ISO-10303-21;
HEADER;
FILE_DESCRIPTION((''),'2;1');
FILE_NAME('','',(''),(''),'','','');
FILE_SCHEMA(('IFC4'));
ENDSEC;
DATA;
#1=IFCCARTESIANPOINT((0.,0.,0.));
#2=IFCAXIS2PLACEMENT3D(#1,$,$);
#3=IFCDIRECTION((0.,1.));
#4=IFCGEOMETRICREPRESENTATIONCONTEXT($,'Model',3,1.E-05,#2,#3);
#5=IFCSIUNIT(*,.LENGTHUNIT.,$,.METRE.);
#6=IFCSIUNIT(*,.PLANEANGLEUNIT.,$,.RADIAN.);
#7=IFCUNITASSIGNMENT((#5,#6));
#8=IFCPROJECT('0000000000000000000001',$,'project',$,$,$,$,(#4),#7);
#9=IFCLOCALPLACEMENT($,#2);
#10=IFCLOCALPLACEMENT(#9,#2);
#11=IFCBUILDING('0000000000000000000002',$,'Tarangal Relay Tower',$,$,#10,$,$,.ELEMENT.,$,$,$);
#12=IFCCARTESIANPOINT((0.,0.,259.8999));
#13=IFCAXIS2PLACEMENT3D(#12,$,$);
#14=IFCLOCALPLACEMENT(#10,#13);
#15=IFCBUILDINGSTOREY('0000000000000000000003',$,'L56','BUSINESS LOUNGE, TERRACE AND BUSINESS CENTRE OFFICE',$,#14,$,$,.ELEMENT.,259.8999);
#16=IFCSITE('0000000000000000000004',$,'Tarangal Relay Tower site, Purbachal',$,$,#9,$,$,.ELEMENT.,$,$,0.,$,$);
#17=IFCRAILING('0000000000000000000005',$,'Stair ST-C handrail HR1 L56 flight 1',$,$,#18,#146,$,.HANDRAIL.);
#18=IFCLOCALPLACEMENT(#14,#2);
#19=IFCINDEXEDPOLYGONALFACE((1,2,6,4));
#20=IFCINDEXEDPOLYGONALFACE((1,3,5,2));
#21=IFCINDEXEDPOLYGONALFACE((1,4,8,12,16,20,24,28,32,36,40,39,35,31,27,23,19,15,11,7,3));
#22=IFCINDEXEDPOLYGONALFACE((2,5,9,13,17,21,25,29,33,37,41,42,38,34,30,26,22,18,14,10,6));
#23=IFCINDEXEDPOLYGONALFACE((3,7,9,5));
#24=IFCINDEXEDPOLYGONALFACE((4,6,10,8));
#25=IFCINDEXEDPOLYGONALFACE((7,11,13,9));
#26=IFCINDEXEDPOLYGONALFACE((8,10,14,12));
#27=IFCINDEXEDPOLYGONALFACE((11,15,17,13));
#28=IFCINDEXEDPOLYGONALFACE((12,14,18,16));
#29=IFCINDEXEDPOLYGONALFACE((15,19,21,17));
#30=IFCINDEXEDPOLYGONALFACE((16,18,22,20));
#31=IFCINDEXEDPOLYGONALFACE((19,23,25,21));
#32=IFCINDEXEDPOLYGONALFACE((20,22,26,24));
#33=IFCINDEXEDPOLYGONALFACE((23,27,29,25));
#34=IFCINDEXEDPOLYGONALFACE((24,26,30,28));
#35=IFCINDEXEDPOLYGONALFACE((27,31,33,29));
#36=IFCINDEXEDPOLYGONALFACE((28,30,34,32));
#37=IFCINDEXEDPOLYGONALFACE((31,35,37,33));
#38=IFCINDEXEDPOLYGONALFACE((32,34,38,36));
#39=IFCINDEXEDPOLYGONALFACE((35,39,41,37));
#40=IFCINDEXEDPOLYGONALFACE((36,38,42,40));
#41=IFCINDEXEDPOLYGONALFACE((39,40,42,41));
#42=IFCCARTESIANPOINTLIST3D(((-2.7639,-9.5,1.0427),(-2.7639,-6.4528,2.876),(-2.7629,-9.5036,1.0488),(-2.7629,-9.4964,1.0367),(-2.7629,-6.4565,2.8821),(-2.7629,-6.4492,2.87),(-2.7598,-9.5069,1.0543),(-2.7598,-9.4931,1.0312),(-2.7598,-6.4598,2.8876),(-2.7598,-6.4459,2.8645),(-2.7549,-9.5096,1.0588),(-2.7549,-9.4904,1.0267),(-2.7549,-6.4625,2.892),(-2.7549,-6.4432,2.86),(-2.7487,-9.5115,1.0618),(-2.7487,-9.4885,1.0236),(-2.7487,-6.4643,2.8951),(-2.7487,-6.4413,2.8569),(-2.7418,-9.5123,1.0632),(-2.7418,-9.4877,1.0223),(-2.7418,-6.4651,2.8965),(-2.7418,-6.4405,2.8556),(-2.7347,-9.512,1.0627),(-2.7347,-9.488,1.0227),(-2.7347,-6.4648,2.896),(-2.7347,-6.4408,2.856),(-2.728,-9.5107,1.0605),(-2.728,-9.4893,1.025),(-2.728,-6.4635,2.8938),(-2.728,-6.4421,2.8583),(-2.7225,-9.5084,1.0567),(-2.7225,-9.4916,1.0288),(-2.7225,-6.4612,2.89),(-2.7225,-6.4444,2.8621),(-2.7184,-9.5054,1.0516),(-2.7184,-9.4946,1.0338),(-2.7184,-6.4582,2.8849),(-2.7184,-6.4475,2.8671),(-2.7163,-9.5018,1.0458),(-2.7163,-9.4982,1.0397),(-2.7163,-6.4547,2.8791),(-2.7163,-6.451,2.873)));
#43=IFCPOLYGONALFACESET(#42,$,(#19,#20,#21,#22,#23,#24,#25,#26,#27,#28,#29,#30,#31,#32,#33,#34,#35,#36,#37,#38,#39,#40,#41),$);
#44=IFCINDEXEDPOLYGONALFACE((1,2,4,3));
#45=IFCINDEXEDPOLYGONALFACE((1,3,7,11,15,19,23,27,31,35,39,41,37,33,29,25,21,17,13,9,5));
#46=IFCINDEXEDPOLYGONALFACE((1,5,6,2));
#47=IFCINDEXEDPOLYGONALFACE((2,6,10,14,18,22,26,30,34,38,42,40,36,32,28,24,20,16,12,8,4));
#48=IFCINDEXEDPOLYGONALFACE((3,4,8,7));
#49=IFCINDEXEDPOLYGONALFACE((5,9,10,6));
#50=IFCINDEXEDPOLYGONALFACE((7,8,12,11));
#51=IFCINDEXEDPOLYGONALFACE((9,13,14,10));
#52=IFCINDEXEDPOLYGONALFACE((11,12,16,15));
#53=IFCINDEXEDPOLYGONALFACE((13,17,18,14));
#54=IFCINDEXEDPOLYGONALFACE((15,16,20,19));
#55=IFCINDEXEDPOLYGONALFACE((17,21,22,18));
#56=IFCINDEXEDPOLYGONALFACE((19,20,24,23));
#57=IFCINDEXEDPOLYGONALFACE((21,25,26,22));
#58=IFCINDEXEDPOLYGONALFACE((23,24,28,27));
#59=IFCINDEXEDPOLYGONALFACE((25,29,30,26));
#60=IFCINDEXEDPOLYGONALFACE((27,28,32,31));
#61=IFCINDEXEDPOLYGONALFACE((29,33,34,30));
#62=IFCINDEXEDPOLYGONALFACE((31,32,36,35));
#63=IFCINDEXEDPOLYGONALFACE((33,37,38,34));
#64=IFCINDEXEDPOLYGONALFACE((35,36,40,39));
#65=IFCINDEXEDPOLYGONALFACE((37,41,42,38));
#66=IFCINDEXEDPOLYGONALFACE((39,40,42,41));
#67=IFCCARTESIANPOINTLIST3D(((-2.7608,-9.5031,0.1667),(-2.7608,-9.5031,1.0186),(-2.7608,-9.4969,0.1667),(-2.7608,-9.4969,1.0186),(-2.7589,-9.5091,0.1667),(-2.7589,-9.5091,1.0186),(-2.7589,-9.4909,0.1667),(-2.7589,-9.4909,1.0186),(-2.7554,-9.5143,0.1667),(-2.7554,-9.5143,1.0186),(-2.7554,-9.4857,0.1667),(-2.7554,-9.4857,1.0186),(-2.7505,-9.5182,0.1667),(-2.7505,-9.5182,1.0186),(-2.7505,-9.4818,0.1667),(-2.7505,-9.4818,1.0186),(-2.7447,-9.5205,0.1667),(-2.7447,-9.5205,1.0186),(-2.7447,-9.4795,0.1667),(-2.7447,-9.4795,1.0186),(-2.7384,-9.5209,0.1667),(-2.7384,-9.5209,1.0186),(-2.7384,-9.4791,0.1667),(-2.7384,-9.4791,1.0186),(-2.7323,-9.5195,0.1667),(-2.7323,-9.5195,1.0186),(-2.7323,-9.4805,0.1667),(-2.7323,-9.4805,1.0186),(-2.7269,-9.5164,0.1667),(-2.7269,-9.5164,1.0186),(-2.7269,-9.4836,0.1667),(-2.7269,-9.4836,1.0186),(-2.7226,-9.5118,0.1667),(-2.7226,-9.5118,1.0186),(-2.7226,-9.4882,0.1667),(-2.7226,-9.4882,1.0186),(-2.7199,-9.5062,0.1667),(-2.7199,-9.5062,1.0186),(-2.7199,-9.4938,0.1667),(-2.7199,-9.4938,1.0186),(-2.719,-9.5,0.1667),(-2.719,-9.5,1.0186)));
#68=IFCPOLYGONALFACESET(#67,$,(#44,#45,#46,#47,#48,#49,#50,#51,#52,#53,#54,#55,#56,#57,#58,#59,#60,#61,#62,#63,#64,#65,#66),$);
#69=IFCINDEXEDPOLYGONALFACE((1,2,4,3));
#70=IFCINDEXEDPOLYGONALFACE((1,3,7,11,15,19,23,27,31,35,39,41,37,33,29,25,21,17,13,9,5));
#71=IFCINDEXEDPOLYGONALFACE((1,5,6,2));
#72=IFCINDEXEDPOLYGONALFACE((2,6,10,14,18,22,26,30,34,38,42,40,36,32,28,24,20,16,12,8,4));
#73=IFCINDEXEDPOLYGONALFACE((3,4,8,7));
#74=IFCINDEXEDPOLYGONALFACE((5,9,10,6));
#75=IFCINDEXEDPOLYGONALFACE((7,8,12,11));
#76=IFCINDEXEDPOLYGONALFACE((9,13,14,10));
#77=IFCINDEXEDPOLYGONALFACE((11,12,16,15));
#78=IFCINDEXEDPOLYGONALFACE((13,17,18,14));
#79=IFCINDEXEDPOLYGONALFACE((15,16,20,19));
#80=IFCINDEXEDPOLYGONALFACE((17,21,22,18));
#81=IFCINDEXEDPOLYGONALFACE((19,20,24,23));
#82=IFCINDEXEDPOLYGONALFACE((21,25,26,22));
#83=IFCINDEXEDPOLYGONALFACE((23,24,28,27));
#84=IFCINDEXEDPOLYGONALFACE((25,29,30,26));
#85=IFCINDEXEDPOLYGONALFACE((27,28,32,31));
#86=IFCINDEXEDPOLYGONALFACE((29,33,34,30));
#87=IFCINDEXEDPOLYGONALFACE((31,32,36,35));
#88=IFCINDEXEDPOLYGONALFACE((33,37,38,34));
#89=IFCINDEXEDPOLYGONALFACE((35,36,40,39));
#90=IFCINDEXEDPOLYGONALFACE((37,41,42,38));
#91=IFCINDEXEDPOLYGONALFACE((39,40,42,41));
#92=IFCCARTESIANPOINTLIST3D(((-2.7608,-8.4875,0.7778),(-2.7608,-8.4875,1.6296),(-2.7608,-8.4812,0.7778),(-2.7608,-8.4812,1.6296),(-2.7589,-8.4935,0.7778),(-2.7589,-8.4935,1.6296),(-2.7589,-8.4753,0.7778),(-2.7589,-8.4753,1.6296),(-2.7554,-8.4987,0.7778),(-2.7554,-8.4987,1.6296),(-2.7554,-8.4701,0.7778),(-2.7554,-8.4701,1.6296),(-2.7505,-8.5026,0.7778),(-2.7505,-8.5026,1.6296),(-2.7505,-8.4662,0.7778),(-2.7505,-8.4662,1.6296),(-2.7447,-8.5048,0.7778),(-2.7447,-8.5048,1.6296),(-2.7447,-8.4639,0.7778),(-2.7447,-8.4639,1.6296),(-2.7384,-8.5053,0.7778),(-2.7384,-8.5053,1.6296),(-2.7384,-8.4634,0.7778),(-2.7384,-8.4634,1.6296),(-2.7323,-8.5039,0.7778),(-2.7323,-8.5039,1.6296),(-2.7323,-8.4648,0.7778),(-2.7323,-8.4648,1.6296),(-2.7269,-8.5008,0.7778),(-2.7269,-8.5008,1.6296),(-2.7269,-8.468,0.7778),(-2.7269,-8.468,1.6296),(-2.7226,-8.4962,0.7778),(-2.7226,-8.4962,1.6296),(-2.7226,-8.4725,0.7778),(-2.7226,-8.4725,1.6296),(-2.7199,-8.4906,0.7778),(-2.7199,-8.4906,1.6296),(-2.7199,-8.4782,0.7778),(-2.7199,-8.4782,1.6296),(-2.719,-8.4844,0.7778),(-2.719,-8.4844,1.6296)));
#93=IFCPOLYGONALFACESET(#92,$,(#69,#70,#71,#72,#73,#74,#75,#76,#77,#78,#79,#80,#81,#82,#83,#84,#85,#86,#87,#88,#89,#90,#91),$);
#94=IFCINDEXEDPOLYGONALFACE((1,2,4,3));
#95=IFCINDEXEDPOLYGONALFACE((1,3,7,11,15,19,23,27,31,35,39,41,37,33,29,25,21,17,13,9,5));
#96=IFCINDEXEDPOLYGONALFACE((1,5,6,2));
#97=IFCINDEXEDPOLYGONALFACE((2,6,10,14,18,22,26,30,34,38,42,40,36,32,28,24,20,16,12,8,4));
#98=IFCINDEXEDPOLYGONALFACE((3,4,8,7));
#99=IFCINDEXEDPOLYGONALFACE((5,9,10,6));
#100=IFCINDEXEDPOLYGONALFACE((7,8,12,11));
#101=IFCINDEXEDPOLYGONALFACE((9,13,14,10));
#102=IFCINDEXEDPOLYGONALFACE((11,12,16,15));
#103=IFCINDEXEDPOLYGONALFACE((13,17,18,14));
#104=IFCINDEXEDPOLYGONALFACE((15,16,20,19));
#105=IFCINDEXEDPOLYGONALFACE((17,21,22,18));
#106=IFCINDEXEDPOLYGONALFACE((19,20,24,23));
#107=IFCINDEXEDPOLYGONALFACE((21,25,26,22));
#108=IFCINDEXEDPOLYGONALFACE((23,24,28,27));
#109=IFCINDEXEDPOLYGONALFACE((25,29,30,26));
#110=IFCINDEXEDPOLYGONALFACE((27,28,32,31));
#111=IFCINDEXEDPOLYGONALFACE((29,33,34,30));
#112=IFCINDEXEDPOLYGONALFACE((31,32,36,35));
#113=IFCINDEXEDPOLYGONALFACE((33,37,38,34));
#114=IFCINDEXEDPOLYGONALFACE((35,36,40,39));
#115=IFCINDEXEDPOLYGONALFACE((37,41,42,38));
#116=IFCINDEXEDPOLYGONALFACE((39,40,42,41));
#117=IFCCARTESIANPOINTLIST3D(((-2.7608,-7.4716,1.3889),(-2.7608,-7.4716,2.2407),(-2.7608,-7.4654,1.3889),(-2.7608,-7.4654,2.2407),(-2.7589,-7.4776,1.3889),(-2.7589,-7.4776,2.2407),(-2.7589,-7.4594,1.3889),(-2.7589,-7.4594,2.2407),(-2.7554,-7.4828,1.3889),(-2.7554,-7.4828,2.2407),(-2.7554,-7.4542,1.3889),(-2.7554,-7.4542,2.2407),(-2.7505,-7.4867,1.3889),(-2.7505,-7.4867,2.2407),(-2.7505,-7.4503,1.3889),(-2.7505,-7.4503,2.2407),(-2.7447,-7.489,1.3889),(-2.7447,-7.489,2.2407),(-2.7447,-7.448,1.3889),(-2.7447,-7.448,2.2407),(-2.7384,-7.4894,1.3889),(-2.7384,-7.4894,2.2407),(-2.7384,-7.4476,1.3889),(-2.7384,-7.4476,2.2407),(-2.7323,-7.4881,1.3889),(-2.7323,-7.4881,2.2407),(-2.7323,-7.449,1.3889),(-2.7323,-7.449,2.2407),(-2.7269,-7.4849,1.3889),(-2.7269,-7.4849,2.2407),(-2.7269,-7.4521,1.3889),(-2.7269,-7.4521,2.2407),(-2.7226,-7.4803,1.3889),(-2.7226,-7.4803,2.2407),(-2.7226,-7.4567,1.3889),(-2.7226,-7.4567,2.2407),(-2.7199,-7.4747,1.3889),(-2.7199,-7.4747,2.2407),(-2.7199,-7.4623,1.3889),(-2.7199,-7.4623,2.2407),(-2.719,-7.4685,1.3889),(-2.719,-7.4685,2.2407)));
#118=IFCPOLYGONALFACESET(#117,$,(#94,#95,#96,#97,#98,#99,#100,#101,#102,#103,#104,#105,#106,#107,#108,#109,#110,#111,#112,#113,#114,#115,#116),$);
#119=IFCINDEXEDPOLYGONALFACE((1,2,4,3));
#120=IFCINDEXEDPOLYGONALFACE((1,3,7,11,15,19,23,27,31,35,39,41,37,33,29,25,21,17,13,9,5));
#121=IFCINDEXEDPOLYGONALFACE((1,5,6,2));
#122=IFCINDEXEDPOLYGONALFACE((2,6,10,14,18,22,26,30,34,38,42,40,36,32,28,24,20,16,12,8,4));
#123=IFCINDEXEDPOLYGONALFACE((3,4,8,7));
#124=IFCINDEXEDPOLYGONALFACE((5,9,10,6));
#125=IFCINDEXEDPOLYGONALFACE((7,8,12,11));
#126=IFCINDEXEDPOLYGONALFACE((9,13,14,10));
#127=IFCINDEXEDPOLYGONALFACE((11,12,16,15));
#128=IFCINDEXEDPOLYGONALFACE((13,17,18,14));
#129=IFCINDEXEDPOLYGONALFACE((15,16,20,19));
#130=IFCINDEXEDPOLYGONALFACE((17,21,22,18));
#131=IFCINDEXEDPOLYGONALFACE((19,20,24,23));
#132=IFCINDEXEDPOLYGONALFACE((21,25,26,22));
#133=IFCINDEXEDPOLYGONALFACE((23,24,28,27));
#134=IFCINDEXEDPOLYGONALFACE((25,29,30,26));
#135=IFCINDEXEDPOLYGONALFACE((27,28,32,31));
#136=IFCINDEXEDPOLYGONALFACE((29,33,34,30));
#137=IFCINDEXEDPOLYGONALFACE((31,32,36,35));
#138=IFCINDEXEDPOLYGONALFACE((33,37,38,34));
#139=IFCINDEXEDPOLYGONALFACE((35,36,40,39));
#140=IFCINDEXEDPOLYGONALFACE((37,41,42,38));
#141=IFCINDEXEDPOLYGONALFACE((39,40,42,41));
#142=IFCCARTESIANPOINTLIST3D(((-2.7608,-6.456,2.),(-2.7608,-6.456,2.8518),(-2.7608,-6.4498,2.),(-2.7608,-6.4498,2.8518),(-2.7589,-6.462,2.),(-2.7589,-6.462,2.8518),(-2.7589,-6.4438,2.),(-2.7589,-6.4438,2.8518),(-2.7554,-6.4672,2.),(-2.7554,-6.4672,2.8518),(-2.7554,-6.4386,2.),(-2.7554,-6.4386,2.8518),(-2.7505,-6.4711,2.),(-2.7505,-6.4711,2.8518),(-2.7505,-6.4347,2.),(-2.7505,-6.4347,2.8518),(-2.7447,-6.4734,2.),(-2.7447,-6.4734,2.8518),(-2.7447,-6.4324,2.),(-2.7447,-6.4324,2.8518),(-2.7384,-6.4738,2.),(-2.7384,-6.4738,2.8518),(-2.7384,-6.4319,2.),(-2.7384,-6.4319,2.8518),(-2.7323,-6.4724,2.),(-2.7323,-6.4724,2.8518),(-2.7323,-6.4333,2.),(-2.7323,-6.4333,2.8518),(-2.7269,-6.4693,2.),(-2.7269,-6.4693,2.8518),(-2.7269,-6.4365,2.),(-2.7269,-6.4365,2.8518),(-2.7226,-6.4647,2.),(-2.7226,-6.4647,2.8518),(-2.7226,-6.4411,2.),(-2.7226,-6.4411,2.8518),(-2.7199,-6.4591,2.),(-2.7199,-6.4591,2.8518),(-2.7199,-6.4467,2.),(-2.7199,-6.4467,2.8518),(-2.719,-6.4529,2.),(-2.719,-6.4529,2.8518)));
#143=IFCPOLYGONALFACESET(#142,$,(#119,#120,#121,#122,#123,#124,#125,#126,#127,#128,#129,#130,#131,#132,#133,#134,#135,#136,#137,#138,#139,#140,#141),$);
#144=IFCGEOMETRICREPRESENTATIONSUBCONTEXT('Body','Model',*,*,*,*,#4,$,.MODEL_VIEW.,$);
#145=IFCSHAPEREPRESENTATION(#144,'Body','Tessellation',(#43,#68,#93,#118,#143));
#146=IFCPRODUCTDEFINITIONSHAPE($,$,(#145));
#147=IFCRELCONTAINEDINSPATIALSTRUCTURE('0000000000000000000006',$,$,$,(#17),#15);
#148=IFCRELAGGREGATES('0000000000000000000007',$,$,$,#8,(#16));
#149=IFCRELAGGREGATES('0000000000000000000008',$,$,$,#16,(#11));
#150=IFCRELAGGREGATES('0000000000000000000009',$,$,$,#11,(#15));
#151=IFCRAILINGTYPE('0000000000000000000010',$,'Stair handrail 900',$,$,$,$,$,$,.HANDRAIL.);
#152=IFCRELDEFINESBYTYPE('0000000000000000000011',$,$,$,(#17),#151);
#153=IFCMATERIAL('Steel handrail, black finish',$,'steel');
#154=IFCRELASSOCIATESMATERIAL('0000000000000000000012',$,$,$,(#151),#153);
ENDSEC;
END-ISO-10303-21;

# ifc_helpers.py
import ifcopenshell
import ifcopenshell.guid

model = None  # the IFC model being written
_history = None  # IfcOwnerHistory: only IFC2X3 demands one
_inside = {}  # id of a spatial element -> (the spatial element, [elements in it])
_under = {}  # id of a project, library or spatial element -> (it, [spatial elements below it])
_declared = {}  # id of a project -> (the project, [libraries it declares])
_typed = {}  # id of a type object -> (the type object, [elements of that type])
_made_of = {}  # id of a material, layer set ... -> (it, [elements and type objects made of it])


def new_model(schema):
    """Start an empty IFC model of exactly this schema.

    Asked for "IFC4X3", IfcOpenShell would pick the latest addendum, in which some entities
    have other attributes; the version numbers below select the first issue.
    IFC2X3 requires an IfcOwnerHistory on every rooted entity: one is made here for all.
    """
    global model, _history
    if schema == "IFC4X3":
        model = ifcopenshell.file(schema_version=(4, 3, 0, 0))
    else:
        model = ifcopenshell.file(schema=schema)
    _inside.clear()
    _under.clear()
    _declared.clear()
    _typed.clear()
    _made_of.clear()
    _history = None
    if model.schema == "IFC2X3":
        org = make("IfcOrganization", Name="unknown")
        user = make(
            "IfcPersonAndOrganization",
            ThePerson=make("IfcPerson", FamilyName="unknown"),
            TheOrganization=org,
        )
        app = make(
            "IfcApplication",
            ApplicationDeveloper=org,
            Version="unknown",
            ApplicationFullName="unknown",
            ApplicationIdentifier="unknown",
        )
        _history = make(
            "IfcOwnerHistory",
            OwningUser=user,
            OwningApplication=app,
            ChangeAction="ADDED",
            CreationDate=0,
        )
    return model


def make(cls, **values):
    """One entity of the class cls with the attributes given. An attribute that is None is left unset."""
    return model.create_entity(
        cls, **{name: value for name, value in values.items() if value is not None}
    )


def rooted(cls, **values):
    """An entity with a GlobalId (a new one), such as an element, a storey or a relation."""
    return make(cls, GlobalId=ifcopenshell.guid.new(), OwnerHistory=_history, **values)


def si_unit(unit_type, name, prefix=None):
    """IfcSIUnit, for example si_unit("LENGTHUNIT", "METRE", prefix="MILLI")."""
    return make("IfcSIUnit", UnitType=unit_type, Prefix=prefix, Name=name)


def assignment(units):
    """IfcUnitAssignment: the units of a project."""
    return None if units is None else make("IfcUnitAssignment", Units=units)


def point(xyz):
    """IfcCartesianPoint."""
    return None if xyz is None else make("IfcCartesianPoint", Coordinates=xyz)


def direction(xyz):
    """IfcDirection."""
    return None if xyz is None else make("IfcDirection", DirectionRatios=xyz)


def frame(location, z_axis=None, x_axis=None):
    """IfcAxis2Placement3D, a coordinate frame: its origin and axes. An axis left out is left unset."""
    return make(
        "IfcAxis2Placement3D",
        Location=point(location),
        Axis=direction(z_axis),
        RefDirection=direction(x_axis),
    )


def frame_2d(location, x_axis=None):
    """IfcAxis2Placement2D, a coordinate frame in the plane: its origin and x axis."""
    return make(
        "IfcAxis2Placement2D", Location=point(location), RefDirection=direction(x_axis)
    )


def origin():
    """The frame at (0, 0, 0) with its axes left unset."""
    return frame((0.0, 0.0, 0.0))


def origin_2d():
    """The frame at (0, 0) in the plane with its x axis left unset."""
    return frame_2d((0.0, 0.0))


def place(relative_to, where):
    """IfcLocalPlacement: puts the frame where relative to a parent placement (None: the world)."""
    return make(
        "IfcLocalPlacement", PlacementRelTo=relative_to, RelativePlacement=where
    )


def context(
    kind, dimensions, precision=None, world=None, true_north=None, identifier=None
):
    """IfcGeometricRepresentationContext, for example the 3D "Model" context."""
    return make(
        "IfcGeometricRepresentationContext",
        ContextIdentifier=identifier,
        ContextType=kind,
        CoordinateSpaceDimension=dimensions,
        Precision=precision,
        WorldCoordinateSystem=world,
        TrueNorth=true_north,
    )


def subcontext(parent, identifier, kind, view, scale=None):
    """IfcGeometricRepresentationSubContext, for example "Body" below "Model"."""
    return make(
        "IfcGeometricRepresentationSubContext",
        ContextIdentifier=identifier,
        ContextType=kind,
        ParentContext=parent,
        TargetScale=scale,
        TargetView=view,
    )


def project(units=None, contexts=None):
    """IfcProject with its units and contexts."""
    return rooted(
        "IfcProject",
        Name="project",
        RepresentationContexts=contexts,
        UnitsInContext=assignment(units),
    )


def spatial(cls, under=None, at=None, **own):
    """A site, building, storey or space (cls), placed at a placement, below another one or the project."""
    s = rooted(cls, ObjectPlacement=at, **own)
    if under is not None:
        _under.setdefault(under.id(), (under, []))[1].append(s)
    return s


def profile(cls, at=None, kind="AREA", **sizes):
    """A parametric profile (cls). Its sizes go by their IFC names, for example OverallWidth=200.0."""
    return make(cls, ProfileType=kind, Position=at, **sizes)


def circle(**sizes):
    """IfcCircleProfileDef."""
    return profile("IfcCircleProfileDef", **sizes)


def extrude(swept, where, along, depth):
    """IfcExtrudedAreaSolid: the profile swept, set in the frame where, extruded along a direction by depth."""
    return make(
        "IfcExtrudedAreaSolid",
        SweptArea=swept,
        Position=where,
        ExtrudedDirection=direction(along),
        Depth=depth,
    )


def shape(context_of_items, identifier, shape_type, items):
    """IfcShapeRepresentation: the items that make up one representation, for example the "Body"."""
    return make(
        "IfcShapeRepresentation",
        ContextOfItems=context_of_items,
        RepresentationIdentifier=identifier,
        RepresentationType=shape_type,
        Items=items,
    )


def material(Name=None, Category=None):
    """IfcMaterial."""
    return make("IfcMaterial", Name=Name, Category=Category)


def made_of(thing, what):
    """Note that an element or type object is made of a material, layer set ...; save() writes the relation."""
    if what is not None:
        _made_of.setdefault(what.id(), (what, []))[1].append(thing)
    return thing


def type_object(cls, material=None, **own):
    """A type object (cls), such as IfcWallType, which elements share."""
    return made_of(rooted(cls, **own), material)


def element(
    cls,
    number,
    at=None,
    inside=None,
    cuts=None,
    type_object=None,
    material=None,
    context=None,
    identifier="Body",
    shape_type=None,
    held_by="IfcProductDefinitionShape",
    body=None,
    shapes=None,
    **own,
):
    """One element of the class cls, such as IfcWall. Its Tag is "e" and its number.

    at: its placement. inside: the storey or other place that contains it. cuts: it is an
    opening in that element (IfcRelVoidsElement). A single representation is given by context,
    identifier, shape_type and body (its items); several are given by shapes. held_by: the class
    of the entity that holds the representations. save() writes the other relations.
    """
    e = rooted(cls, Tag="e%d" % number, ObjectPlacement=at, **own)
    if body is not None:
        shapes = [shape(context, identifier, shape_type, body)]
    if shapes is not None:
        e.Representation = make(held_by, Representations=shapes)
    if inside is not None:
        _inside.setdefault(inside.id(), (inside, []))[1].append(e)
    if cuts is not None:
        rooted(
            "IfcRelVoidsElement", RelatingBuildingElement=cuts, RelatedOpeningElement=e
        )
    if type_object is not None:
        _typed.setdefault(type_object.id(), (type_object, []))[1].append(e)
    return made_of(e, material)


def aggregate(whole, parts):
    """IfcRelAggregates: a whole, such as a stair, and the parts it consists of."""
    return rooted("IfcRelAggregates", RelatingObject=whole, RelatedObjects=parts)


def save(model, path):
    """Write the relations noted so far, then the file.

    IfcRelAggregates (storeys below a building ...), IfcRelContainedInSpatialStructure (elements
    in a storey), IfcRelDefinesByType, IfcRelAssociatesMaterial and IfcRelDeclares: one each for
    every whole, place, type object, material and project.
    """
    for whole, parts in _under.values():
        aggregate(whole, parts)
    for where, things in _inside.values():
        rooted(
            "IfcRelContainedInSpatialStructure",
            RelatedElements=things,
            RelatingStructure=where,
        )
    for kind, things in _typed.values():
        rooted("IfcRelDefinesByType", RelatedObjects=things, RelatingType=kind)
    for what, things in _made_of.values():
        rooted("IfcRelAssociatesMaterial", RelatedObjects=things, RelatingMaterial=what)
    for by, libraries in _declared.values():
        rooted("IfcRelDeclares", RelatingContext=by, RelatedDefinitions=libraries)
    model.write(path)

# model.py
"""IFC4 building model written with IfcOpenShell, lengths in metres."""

from ifc_helpers import new_model, si_unit, direction, frame, origin, origin_2d, place, context, subcontext, project, spatial, circle, extrude, material, type_object, element, save


model = new_model("IFC4")

# Units and contexts
model_context = context("Model", 3, precision=1e-05, world=origin(), true_north=direction((0.0, 1.0)))
body_context = subcontext(model_context, "Body", "Model", "MODEL_VIEW")
ifc_project = project(units=[si_unit("LENGTHUNIT", "METRE"), si_unit("PLANEANGLEUNIT", "RADIAN")], contexts=[model_context])

# Site, building, storey
site_placement = place(None, origin())
site = spatial("IfcSite", under=ifc_project, at=site_placement, Name="Tarangal Relay Tower site, Purbachal", CompositionType="ELEMENT", RefElevation=0.0)
building_placement = place(site_placement, origin())
building = spatial("IfcBuilding", under=site, at=building_placement, Name="Tarangal Relay Tower", CompositionType="ELEMENT")
storey_placement = place(building_placement, frame((0.0, 0.0, 259.8999)))
storey = spatial("IfcBuildingStorey", under=building, at=storey_placement, Name="L56", Description="BUSINESS LOUNGE, TERRACE AND BUSINESS CENTRE OFFICE", CompositionType="ELEMENT", Elevation=259.8999)

# Railing
ifc_material_1 = material(Name="Steel handrail, black finish", Category="steel")
railing_type_1 = type_object("IfcRailingType", Name="Stair handrail 900", PredefinedType="HANDRAIL", material=ifc_material_1)
railing_1_placement = place(storey_placement, frame((-2.74, -9.5, 0.1667)))
element("IfcRailing", 1, at=railing_1_placement, inside=storey, type_object=railing_type_1, Name="Stair ST-C handrail HR1 L56 flight 1", PredefinedType="HANDRAIL", context=body_context, shape_type="SweptSolid", body=[
    extrude(circle(Radius=0.0239, at=origin_2d()), frame((0.0, 0.0, 0.876), z_axis=(0.0, 0.856874, 0.515525), x_axis=(-1.0, 0.0, 0.0)), (0.0, 0.0, 1.0), 3.5562),
    extrude(circle(Radius=0.021, at=origin_2d()), origin(), (0.0, 0.0, 1.0), 0.8518),
    extrude(circle(Radius=0.021, at=origin_2d()), frame((0.0, 1.0156, 0.6111)), (0.0, 0.0, 1.0), 0.8518),
    extrude(circle(Radius=0.021, at=origin_2d()), frame((0.0, 2.0315, 1.2222)), (0.0, 0.0, 1.0), 0.8518),
    extrude(circle(Radius=0.021, at=origin_2d()), frame((0.0, 3.0471, 1.8333)), (0.0, 0.0, 1.0), 0.8518),
])

save(model, "model.ifc")
